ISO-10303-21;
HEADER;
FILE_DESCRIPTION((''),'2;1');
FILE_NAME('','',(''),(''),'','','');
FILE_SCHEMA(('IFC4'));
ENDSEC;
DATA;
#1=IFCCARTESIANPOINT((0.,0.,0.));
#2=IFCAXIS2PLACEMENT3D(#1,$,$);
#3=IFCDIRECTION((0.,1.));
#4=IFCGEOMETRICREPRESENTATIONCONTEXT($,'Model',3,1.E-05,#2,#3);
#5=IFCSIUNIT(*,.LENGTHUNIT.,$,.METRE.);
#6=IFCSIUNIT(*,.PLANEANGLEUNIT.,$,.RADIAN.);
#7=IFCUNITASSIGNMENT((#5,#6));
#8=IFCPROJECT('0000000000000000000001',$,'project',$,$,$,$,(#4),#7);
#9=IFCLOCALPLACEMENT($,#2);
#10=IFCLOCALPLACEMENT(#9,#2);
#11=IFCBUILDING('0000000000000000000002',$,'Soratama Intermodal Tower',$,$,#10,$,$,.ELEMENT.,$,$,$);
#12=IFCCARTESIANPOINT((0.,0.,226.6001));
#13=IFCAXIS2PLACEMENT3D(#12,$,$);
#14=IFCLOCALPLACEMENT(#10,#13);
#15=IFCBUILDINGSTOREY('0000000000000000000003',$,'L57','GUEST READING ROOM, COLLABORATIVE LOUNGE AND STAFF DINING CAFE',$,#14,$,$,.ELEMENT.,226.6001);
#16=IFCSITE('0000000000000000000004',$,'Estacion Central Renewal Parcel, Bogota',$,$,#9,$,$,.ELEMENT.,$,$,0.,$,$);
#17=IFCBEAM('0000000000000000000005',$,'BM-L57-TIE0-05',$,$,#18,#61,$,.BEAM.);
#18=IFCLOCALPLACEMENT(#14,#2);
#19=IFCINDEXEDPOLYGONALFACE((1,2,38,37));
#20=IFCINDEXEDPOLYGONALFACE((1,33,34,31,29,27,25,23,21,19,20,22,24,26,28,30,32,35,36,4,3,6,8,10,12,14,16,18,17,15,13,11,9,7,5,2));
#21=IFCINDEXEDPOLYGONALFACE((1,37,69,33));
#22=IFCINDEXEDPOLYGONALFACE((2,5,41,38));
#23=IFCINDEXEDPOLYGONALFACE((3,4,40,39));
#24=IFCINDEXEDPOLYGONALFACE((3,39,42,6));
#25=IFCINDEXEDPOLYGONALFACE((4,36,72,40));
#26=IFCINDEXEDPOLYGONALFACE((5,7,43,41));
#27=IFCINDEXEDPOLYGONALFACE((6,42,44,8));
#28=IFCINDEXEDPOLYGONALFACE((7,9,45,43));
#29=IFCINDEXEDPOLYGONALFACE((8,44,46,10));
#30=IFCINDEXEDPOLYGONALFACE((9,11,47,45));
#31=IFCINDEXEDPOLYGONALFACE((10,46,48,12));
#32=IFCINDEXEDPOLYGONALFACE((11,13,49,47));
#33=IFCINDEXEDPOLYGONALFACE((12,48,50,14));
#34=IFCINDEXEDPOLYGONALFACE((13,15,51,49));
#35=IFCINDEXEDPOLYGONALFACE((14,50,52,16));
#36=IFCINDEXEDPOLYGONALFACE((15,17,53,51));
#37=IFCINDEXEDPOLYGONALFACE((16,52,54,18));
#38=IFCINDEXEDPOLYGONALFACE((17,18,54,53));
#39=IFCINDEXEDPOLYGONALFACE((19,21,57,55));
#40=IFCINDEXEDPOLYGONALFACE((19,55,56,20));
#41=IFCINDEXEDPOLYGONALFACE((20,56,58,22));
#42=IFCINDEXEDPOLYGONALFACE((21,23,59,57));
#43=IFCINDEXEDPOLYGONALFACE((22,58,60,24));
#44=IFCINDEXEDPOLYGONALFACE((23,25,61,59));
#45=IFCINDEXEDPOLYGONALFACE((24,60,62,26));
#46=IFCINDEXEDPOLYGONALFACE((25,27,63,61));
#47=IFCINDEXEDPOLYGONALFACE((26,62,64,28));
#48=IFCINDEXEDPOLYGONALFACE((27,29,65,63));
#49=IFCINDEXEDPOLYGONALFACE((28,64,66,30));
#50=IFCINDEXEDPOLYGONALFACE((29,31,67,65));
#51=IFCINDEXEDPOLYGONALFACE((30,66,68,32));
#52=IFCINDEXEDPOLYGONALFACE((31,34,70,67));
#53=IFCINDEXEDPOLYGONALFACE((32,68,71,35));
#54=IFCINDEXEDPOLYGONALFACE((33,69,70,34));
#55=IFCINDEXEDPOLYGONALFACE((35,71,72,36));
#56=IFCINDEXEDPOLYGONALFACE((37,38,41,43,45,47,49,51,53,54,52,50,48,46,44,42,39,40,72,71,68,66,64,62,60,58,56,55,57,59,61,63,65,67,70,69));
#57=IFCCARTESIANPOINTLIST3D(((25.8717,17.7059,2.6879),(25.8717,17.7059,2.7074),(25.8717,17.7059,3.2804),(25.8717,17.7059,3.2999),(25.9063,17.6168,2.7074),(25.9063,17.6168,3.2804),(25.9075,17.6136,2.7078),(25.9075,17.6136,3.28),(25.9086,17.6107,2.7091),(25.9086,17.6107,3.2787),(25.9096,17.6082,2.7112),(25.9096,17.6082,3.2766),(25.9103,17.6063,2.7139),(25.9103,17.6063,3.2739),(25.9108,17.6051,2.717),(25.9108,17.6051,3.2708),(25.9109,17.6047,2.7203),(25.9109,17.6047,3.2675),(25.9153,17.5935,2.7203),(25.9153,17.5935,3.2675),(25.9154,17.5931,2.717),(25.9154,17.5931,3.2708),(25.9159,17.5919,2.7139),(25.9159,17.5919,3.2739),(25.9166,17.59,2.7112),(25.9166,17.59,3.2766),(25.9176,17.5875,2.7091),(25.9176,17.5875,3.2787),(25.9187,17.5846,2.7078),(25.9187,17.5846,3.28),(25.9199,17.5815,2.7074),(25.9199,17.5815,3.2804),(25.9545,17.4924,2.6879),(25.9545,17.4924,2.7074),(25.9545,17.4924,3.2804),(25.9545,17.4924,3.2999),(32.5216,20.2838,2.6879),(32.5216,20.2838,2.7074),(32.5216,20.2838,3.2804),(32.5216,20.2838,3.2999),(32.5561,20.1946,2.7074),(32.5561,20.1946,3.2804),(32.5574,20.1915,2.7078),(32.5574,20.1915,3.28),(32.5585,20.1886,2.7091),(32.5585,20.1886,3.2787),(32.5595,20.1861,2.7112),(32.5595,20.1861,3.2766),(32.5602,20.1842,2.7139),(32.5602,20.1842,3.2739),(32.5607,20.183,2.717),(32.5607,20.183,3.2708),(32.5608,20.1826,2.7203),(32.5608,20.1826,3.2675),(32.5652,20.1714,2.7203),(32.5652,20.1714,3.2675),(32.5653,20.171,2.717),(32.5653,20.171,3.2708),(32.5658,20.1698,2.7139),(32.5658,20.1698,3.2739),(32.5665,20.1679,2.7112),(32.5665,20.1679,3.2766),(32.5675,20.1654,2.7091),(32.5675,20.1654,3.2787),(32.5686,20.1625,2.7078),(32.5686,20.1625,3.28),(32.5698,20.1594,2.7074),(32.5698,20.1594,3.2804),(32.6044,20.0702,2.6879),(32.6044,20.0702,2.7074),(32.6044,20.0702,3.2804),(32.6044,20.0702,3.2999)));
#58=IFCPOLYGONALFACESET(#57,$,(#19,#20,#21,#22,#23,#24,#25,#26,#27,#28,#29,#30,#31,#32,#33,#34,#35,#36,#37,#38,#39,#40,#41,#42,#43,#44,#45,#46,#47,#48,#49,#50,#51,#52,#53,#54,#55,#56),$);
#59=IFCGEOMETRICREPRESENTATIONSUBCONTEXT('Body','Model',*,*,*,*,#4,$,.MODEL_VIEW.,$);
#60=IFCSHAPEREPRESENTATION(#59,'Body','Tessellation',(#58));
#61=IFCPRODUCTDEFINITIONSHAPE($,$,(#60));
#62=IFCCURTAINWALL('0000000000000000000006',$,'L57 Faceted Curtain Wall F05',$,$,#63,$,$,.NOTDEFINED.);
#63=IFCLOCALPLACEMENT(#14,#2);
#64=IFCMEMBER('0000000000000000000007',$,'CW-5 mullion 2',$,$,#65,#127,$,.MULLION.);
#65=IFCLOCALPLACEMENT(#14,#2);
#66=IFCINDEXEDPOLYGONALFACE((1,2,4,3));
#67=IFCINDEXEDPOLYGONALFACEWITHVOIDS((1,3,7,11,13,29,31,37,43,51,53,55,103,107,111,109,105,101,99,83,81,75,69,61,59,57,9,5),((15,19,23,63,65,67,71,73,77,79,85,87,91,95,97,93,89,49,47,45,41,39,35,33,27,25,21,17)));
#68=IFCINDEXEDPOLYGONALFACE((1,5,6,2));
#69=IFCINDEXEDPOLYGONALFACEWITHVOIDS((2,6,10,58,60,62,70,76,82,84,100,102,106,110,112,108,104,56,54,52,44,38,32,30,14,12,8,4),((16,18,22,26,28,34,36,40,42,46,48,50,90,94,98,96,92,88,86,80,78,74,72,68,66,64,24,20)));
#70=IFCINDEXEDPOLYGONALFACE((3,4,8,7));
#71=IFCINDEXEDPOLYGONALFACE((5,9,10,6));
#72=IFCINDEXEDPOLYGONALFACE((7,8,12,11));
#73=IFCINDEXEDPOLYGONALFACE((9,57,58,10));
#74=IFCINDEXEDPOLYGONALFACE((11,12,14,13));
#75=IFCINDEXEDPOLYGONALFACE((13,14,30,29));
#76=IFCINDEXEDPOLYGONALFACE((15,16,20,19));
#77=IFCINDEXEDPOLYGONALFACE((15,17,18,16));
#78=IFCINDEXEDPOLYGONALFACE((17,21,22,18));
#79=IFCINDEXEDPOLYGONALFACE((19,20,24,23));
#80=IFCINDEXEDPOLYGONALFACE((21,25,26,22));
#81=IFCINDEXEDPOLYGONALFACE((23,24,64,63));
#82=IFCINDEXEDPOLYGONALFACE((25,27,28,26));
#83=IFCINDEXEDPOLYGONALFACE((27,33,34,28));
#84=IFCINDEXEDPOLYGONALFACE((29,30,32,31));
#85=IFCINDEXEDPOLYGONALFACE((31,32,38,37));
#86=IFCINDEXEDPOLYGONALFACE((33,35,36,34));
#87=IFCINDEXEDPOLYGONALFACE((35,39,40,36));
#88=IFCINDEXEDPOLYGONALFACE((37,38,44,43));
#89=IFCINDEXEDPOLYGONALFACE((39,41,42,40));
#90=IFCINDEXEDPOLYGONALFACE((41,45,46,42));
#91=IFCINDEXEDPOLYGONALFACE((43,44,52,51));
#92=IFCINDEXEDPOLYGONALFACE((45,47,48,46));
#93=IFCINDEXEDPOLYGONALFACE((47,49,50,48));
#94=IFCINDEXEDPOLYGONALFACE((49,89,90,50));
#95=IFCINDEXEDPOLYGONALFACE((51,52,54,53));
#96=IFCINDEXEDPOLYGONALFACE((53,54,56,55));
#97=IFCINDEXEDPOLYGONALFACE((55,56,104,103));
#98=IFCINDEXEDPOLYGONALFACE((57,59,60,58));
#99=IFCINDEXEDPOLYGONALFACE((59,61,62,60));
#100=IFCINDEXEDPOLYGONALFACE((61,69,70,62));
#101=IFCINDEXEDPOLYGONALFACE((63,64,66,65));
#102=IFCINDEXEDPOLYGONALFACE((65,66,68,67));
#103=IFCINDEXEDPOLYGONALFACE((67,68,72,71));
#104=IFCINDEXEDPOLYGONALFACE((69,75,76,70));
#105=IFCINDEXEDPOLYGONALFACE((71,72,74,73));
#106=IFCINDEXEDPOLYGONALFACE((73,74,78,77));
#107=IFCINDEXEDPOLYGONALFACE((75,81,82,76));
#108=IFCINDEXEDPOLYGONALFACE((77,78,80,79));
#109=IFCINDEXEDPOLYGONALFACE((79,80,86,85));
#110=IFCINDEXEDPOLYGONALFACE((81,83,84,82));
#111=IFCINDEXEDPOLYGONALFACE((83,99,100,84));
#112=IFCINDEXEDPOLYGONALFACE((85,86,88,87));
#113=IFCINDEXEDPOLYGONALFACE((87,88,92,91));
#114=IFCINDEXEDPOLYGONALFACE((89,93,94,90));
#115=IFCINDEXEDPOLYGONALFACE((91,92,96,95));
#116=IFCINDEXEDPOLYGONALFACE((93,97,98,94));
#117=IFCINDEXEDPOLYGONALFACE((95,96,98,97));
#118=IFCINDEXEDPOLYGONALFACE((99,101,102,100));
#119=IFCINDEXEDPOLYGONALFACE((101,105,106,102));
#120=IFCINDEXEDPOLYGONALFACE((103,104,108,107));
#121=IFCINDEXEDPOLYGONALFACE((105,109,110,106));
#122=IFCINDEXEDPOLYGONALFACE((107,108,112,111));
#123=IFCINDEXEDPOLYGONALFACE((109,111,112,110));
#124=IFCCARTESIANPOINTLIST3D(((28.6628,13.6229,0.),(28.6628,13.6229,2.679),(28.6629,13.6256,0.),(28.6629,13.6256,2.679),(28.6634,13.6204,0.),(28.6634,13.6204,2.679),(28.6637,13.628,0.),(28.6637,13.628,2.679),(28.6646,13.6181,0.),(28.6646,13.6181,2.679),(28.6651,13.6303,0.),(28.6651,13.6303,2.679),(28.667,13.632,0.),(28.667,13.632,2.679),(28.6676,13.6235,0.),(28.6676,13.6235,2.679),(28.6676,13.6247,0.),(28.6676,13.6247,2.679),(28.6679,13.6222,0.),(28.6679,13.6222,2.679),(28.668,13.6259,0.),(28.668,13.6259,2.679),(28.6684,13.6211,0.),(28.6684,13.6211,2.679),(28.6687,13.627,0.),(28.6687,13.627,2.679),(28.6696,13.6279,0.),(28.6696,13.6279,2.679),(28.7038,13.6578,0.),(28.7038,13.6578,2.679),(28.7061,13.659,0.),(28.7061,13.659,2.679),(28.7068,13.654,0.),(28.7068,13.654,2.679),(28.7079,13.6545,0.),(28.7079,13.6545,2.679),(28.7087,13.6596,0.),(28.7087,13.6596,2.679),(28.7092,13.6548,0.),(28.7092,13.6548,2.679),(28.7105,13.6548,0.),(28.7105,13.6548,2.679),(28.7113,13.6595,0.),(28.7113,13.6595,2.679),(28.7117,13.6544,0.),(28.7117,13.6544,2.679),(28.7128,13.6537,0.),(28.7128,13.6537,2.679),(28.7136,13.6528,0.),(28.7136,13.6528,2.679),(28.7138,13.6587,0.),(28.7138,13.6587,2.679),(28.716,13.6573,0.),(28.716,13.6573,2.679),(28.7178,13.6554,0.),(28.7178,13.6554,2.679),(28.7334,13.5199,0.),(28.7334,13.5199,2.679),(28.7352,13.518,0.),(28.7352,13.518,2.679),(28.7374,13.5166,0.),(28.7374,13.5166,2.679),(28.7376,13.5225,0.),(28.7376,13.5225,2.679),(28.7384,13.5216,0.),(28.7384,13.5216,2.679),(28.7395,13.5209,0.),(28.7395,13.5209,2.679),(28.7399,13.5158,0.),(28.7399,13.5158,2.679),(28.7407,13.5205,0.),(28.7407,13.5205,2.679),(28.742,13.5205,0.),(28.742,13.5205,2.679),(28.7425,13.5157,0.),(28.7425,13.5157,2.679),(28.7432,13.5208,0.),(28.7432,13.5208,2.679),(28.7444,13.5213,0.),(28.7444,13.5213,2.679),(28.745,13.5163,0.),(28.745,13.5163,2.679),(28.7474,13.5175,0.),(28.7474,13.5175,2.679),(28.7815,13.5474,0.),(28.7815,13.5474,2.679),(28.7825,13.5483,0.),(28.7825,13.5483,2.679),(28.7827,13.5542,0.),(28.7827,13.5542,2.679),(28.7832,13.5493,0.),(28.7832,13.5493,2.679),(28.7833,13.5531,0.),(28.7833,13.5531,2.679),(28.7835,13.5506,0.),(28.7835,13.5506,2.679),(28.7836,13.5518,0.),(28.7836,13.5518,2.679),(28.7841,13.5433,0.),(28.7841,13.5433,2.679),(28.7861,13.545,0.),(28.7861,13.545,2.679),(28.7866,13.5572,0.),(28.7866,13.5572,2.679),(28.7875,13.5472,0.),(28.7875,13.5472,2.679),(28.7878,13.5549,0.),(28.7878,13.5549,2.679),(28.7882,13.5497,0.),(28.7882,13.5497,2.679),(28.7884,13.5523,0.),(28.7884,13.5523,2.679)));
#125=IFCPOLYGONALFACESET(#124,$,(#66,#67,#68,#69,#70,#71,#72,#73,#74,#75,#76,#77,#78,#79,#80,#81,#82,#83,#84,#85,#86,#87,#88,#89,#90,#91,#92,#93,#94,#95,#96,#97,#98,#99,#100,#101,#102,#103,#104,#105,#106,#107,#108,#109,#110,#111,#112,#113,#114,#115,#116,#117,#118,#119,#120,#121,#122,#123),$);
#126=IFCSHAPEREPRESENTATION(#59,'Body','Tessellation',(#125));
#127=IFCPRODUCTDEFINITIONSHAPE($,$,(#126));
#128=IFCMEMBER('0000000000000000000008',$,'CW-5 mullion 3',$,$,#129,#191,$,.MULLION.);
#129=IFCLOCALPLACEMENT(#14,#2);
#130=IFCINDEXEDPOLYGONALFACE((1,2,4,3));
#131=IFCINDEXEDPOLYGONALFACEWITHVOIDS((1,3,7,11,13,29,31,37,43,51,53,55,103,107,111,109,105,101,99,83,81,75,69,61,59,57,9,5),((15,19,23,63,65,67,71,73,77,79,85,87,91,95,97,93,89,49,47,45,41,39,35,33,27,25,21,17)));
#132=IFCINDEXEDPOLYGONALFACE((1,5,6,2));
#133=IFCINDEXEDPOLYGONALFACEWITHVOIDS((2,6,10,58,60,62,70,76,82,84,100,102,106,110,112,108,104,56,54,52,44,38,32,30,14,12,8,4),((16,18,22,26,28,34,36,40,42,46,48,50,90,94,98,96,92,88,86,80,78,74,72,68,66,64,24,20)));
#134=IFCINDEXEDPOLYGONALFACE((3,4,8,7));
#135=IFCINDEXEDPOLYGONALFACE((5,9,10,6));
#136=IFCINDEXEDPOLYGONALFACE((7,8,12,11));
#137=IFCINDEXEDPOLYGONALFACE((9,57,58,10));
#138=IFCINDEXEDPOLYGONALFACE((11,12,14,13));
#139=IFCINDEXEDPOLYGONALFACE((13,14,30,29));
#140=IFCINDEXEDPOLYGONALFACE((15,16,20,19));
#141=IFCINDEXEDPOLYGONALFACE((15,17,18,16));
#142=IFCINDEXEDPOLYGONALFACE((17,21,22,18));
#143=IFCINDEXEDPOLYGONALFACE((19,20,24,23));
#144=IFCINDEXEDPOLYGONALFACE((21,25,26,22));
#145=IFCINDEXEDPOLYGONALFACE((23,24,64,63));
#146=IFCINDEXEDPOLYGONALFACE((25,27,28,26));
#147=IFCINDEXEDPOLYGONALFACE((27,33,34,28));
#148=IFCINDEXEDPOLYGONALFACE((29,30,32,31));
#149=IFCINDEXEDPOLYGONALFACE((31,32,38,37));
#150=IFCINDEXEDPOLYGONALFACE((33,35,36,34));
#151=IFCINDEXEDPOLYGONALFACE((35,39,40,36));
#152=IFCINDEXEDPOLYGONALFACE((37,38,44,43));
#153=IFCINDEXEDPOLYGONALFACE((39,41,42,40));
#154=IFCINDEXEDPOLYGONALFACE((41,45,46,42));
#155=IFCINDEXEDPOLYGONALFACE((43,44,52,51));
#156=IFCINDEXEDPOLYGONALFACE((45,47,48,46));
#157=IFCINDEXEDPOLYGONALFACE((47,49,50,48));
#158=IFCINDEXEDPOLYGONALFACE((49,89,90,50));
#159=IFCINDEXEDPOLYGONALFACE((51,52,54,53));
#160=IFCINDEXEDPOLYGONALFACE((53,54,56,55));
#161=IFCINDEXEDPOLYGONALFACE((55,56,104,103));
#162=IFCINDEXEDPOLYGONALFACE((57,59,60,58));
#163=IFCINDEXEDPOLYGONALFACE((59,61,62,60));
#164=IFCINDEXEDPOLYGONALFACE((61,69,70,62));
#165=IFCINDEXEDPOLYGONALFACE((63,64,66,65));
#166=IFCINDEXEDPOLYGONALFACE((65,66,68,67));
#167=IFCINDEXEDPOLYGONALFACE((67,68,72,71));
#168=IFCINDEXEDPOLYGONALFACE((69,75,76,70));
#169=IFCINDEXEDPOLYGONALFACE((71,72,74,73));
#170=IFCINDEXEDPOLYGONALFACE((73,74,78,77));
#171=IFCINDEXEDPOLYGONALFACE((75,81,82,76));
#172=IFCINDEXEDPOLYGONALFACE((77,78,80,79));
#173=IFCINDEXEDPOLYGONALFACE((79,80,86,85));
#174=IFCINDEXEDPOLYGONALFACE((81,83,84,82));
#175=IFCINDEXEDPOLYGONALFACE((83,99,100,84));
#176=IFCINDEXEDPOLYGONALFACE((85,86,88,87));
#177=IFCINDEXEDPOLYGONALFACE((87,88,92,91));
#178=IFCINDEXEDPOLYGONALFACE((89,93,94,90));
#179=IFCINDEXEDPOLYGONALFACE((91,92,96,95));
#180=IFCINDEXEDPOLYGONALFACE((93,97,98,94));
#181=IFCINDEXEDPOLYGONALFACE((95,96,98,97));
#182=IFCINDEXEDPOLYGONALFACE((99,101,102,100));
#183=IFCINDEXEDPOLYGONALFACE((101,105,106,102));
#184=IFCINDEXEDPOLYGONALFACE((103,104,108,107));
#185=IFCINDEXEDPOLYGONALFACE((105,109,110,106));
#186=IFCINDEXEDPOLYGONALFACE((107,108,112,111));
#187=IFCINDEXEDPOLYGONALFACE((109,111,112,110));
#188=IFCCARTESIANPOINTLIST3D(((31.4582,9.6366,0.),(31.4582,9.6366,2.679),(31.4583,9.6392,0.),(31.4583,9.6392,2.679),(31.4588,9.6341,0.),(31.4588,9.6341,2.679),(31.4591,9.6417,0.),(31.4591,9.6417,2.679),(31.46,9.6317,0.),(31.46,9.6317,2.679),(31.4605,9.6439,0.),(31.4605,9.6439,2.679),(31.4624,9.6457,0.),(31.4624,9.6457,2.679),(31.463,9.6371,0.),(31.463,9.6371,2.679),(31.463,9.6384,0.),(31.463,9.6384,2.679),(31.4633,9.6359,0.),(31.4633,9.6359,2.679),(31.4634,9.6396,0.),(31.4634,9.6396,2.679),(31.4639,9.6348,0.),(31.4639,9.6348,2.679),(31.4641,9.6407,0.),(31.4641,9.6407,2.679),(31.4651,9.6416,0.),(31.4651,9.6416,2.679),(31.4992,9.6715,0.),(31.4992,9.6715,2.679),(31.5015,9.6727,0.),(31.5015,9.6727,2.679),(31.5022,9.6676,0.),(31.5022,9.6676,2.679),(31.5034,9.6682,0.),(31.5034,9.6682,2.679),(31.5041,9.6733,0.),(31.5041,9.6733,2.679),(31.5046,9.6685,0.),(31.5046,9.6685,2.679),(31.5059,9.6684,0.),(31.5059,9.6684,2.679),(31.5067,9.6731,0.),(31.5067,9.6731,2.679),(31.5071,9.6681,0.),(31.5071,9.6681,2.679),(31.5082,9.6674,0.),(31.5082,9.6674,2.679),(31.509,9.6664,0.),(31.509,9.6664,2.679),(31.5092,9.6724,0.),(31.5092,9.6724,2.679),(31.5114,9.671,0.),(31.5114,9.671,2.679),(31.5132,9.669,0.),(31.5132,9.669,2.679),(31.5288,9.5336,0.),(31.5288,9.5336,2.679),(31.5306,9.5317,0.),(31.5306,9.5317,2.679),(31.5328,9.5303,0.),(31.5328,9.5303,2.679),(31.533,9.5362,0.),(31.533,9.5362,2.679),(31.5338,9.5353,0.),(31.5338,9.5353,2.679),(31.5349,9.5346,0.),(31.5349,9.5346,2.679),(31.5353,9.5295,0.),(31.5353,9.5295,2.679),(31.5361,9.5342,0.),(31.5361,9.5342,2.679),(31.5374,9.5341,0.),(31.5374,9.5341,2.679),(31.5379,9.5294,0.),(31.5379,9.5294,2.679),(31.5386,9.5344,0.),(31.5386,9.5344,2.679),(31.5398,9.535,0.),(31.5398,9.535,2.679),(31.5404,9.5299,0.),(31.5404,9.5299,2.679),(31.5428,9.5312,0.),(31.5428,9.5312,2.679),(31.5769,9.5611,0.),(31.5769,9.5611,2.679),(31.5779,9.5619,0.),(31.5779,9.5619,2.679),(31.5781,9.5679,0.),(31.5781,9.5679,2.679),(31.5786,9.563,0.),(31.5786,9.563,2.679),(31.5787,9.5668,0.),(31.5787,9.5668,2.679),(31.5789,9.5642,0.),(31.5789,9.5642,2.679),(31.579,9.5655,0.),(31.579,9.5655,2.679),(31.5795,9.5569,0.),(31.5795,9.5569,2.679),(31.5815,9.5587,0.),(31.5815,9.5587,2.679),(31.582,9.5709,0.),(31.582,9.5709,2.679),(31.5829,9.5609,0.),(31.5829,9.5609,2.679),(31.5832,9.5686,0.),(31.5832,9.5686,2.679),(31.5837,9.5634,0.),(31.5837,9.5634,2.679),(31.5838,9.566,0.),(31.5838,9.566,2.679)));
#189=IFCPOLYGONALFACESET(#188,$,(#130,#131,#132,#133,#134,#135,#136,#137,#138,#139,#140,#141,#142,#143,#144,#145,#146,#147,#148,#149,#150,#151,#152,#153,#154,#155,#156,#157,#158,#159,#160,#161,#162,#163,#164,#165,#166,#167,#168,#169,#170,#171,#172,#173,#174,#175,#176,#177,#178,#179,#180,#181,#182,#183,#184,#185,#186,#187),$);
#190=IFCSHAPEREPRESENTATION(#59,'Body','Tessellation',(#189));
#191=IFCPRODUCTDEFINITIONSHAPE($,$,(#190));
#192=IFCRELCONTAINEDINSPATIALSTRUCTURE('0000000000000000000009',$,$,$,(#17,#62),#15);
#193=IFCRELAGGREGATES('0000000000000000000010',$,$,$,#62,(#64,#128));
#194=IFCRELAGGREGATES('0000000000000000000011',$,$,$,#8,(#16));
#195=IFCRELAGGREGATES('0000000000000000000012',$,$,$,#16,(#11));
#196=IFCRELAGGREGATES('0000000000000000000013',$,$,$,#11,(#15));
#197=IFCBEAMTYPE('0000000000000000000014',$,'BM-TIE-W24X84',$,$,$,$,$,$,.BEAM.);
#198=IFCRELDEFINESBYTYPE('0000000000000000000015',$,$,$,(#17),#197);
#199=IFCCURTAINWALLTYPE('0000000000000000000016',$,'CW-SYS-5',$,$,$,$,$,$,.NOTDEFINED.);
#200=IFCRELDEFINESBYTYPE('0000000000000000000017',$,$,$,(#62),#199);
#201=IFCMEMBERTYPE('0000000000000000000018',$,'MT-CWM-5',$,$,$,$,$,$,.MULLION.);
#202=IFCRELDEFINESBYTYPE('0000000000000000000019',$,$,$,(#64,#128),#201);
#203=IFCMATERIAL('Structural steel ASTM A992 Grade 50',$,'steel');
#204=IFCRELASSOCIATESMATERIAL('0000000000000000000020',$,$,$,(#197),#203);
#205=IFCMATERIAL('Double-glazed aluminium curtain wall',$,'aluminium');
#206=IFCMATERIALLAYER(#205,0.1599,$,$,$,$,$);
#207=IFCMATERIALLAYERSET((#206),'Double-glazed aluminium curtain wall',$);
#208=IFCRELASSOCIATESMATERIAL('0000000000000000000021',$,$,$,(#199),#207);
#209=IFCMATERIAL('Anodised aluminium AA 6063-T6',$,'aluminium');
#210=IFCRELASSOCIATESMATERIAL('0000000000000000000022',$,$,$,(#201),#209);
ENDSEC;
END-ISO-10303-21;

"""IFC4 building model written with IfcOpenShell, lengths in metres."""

from ifc_helpers import new_model, si_unit, direction, frame, origin, origin_2d, place, context, subcontext, project, spatial, hollow_rectangle, i_section, extrude, material, layer, layer_set, material_profile, profile_set, type_object, element, aggregate, save


model = new_model("IFC4")

# Units and contexts
model_context = context("Model", 3, precision=1e-05, world=origin(), true_north=direction((0.0, 1.0)))
body_context = subcontext(model_context, "Body", "Model", "MODEL_VIEW")
ifc_project = project(units=[si_unit("LENGTHUNIT", "METRE"), si_unit("PLANEANGLEUNIT", "RADIAN")], contexts=[model_context])

# Site, building, storey
site_placement = place(None, origin())
site = spatial("IfcSite", under=ifc_project, at=site_placement, Name="Estacion Central Renewal Parcel, Bogota", CompositionType="ELEMENT", RefElevation=0.0)
building_placement = place(site_placement, origin())
building = spatial("IfcBuilding", under=site, at=building_placement, Name="Soratama Intermodal Tower", CompositionType="ELEMENT")
storey_placement = place(building_placement, frame((0.0, 0.0, 226.6001)))
storey = spatial("IfcBuildingStorey", under=building, at=storey_placement, Name="L57", Description="GUEST READING ROOM, COLLABORATIVE LOUNGE AND STAFF DINING CAFE", CompositionType="ELEMENT", Elevation=226.6001)

# Beam
ifc_material_1 = material(Name="Structural steel ASTM A992 Grade 50", Category="steel")
ifc_material_profile_1 = material_profile(ifc_material_1, i_section(OverallWidth=0.229, OverallDepth=0.6121, WebThickness=0.012, FlangeThickness=0.0195, FilletRadius=0.0129, at=origin_2d()), Name="W24X84")
ifc_profile_set_1 = profile_set([ifc_material_profile_1], Name="Structural steel ASTM A992 Grade 50")
beam_type_1 = type_object("IfcBeamType", Name="BM-TIE-W24X84", PredefinedType="BEAM", material=ifc_profile_set_1)
beam_1_placement = place(storey_placement, frame((32.563, 20.177, 2.9939), z_axis=(-0.932392, -0.361448, 0.0), x_axis=(0.361448, -0.932392, 0.0)))
element("IfcBeam", 1, at=beam_1_placement, inside=storey, type_object=beam_type_1, Name="BM-L57-TIE0-05", PredefinedType="BEAM", context=body_context, shape_type="SweptSolid", body=[
    extrude(i_section(OverallWidth=0.229, OverallDepth=0.6121, WebThickness=0.012, FlangeThickness=0.0195, FilletRadius=0.0129, at=origin_2d()), origin(), (0.0, 0.0, 1.0), 7.1321),
])

# Curtain wall, members
ifc_material_2 = material(Name="Double-glazed aluminium curtain wall", Category="aluminium")
ifc_layer_1 = layer(ifc_material_2, 0.1599)
ifc_layer_set_1 = layer_set([ifc_layer_1], Name="Double-glazed aluminium curtain wall")
curtain_wall_type = type_object("IfcCurtainWallType", Name="CW-SYS-5", PredefinedType="NOTDEFINED", material=ifc_layer_set_1)
curtain_wall_placement = place(storey_placement, origin())
curtain_wall = element("IfcCurtainWall", 2, at=curtain_wall_placement, inside=storey, type_object=curtain_wall_type, Name="L57 Faceted Curtain Wall F05", PredefinedType="NOTDEFINED")
ifc_material_3 = material(Name="Anodised aluminium AA 6063-T6", Category="aluminium")
ifc_material_profile_2 = material_profile(ifc_material_3, hollow_rectangle(XDim=0.0649, YDim=0.1399, WallThickness=0.0049, InnerFilletRadius=0.0049, OuterFilletRadius=0.01, at=origin_2d()), Name="CWM140X65X5")
ifc_profile_set_2 = profile_set([ifc_material_profile_2], Name="Anodised aluminium AA 6063-T6")
member_type_1 = type_object("IfcMemberType", Name="MT-CWM-5", PredefinedType="MULLION", material=ifc_profile_set_2)
member_1_placement = place(storey_placement, frame((28.7256, 13.5876, 0.0), z_axis=(0.0, 0.0, 1.0), x_axis=(0.81875, 0.57415, 0.0)))
member_1 = element("IfcMember", 3, at=member_1_placement, type_object=member_type_1, Name="CW-5 mullion 2", PredefinedType="MULLION", context=body_context, shape_type="SweptSolid", body=[
    extrude(hollow_rectangle(XDim=0.0649, YDim=0.1399, WallThickness=0.0049, InnerFilletRadius=0.0049, OuterFilletRadius=0.01, at=origin_2d()), origin(), (0.0, 0.0, 1.0), 2.679),
])
member_2_placement = place(storey_placement, frame((31.521, 9.6013, 0.0), z_axis=(0.0, 0.0, 1.0), x_axis=(0.81875, 0.57415, 0.0)))
member_2 = element("IfcMember", 4, at=member_2_placement, type_object=member_type_1, Name="CW-5 mullion 3", PredefinedType="MULLION", context=body_context, shape_type="SweptSolid", body=[
    extrude(hollow_rectangle(XDim=0.0649, YDim=0.1399, WallThickness=0.0049, InnerFilletRadius=0.0049, OuterFilletRadius=0.01, at=origin_2d()), origin(), (0.0, 0.0, 1.0), 2.679),
])
aggregate(curtain_wall, [member_1, member_2])

save(model, "model.ifc")
